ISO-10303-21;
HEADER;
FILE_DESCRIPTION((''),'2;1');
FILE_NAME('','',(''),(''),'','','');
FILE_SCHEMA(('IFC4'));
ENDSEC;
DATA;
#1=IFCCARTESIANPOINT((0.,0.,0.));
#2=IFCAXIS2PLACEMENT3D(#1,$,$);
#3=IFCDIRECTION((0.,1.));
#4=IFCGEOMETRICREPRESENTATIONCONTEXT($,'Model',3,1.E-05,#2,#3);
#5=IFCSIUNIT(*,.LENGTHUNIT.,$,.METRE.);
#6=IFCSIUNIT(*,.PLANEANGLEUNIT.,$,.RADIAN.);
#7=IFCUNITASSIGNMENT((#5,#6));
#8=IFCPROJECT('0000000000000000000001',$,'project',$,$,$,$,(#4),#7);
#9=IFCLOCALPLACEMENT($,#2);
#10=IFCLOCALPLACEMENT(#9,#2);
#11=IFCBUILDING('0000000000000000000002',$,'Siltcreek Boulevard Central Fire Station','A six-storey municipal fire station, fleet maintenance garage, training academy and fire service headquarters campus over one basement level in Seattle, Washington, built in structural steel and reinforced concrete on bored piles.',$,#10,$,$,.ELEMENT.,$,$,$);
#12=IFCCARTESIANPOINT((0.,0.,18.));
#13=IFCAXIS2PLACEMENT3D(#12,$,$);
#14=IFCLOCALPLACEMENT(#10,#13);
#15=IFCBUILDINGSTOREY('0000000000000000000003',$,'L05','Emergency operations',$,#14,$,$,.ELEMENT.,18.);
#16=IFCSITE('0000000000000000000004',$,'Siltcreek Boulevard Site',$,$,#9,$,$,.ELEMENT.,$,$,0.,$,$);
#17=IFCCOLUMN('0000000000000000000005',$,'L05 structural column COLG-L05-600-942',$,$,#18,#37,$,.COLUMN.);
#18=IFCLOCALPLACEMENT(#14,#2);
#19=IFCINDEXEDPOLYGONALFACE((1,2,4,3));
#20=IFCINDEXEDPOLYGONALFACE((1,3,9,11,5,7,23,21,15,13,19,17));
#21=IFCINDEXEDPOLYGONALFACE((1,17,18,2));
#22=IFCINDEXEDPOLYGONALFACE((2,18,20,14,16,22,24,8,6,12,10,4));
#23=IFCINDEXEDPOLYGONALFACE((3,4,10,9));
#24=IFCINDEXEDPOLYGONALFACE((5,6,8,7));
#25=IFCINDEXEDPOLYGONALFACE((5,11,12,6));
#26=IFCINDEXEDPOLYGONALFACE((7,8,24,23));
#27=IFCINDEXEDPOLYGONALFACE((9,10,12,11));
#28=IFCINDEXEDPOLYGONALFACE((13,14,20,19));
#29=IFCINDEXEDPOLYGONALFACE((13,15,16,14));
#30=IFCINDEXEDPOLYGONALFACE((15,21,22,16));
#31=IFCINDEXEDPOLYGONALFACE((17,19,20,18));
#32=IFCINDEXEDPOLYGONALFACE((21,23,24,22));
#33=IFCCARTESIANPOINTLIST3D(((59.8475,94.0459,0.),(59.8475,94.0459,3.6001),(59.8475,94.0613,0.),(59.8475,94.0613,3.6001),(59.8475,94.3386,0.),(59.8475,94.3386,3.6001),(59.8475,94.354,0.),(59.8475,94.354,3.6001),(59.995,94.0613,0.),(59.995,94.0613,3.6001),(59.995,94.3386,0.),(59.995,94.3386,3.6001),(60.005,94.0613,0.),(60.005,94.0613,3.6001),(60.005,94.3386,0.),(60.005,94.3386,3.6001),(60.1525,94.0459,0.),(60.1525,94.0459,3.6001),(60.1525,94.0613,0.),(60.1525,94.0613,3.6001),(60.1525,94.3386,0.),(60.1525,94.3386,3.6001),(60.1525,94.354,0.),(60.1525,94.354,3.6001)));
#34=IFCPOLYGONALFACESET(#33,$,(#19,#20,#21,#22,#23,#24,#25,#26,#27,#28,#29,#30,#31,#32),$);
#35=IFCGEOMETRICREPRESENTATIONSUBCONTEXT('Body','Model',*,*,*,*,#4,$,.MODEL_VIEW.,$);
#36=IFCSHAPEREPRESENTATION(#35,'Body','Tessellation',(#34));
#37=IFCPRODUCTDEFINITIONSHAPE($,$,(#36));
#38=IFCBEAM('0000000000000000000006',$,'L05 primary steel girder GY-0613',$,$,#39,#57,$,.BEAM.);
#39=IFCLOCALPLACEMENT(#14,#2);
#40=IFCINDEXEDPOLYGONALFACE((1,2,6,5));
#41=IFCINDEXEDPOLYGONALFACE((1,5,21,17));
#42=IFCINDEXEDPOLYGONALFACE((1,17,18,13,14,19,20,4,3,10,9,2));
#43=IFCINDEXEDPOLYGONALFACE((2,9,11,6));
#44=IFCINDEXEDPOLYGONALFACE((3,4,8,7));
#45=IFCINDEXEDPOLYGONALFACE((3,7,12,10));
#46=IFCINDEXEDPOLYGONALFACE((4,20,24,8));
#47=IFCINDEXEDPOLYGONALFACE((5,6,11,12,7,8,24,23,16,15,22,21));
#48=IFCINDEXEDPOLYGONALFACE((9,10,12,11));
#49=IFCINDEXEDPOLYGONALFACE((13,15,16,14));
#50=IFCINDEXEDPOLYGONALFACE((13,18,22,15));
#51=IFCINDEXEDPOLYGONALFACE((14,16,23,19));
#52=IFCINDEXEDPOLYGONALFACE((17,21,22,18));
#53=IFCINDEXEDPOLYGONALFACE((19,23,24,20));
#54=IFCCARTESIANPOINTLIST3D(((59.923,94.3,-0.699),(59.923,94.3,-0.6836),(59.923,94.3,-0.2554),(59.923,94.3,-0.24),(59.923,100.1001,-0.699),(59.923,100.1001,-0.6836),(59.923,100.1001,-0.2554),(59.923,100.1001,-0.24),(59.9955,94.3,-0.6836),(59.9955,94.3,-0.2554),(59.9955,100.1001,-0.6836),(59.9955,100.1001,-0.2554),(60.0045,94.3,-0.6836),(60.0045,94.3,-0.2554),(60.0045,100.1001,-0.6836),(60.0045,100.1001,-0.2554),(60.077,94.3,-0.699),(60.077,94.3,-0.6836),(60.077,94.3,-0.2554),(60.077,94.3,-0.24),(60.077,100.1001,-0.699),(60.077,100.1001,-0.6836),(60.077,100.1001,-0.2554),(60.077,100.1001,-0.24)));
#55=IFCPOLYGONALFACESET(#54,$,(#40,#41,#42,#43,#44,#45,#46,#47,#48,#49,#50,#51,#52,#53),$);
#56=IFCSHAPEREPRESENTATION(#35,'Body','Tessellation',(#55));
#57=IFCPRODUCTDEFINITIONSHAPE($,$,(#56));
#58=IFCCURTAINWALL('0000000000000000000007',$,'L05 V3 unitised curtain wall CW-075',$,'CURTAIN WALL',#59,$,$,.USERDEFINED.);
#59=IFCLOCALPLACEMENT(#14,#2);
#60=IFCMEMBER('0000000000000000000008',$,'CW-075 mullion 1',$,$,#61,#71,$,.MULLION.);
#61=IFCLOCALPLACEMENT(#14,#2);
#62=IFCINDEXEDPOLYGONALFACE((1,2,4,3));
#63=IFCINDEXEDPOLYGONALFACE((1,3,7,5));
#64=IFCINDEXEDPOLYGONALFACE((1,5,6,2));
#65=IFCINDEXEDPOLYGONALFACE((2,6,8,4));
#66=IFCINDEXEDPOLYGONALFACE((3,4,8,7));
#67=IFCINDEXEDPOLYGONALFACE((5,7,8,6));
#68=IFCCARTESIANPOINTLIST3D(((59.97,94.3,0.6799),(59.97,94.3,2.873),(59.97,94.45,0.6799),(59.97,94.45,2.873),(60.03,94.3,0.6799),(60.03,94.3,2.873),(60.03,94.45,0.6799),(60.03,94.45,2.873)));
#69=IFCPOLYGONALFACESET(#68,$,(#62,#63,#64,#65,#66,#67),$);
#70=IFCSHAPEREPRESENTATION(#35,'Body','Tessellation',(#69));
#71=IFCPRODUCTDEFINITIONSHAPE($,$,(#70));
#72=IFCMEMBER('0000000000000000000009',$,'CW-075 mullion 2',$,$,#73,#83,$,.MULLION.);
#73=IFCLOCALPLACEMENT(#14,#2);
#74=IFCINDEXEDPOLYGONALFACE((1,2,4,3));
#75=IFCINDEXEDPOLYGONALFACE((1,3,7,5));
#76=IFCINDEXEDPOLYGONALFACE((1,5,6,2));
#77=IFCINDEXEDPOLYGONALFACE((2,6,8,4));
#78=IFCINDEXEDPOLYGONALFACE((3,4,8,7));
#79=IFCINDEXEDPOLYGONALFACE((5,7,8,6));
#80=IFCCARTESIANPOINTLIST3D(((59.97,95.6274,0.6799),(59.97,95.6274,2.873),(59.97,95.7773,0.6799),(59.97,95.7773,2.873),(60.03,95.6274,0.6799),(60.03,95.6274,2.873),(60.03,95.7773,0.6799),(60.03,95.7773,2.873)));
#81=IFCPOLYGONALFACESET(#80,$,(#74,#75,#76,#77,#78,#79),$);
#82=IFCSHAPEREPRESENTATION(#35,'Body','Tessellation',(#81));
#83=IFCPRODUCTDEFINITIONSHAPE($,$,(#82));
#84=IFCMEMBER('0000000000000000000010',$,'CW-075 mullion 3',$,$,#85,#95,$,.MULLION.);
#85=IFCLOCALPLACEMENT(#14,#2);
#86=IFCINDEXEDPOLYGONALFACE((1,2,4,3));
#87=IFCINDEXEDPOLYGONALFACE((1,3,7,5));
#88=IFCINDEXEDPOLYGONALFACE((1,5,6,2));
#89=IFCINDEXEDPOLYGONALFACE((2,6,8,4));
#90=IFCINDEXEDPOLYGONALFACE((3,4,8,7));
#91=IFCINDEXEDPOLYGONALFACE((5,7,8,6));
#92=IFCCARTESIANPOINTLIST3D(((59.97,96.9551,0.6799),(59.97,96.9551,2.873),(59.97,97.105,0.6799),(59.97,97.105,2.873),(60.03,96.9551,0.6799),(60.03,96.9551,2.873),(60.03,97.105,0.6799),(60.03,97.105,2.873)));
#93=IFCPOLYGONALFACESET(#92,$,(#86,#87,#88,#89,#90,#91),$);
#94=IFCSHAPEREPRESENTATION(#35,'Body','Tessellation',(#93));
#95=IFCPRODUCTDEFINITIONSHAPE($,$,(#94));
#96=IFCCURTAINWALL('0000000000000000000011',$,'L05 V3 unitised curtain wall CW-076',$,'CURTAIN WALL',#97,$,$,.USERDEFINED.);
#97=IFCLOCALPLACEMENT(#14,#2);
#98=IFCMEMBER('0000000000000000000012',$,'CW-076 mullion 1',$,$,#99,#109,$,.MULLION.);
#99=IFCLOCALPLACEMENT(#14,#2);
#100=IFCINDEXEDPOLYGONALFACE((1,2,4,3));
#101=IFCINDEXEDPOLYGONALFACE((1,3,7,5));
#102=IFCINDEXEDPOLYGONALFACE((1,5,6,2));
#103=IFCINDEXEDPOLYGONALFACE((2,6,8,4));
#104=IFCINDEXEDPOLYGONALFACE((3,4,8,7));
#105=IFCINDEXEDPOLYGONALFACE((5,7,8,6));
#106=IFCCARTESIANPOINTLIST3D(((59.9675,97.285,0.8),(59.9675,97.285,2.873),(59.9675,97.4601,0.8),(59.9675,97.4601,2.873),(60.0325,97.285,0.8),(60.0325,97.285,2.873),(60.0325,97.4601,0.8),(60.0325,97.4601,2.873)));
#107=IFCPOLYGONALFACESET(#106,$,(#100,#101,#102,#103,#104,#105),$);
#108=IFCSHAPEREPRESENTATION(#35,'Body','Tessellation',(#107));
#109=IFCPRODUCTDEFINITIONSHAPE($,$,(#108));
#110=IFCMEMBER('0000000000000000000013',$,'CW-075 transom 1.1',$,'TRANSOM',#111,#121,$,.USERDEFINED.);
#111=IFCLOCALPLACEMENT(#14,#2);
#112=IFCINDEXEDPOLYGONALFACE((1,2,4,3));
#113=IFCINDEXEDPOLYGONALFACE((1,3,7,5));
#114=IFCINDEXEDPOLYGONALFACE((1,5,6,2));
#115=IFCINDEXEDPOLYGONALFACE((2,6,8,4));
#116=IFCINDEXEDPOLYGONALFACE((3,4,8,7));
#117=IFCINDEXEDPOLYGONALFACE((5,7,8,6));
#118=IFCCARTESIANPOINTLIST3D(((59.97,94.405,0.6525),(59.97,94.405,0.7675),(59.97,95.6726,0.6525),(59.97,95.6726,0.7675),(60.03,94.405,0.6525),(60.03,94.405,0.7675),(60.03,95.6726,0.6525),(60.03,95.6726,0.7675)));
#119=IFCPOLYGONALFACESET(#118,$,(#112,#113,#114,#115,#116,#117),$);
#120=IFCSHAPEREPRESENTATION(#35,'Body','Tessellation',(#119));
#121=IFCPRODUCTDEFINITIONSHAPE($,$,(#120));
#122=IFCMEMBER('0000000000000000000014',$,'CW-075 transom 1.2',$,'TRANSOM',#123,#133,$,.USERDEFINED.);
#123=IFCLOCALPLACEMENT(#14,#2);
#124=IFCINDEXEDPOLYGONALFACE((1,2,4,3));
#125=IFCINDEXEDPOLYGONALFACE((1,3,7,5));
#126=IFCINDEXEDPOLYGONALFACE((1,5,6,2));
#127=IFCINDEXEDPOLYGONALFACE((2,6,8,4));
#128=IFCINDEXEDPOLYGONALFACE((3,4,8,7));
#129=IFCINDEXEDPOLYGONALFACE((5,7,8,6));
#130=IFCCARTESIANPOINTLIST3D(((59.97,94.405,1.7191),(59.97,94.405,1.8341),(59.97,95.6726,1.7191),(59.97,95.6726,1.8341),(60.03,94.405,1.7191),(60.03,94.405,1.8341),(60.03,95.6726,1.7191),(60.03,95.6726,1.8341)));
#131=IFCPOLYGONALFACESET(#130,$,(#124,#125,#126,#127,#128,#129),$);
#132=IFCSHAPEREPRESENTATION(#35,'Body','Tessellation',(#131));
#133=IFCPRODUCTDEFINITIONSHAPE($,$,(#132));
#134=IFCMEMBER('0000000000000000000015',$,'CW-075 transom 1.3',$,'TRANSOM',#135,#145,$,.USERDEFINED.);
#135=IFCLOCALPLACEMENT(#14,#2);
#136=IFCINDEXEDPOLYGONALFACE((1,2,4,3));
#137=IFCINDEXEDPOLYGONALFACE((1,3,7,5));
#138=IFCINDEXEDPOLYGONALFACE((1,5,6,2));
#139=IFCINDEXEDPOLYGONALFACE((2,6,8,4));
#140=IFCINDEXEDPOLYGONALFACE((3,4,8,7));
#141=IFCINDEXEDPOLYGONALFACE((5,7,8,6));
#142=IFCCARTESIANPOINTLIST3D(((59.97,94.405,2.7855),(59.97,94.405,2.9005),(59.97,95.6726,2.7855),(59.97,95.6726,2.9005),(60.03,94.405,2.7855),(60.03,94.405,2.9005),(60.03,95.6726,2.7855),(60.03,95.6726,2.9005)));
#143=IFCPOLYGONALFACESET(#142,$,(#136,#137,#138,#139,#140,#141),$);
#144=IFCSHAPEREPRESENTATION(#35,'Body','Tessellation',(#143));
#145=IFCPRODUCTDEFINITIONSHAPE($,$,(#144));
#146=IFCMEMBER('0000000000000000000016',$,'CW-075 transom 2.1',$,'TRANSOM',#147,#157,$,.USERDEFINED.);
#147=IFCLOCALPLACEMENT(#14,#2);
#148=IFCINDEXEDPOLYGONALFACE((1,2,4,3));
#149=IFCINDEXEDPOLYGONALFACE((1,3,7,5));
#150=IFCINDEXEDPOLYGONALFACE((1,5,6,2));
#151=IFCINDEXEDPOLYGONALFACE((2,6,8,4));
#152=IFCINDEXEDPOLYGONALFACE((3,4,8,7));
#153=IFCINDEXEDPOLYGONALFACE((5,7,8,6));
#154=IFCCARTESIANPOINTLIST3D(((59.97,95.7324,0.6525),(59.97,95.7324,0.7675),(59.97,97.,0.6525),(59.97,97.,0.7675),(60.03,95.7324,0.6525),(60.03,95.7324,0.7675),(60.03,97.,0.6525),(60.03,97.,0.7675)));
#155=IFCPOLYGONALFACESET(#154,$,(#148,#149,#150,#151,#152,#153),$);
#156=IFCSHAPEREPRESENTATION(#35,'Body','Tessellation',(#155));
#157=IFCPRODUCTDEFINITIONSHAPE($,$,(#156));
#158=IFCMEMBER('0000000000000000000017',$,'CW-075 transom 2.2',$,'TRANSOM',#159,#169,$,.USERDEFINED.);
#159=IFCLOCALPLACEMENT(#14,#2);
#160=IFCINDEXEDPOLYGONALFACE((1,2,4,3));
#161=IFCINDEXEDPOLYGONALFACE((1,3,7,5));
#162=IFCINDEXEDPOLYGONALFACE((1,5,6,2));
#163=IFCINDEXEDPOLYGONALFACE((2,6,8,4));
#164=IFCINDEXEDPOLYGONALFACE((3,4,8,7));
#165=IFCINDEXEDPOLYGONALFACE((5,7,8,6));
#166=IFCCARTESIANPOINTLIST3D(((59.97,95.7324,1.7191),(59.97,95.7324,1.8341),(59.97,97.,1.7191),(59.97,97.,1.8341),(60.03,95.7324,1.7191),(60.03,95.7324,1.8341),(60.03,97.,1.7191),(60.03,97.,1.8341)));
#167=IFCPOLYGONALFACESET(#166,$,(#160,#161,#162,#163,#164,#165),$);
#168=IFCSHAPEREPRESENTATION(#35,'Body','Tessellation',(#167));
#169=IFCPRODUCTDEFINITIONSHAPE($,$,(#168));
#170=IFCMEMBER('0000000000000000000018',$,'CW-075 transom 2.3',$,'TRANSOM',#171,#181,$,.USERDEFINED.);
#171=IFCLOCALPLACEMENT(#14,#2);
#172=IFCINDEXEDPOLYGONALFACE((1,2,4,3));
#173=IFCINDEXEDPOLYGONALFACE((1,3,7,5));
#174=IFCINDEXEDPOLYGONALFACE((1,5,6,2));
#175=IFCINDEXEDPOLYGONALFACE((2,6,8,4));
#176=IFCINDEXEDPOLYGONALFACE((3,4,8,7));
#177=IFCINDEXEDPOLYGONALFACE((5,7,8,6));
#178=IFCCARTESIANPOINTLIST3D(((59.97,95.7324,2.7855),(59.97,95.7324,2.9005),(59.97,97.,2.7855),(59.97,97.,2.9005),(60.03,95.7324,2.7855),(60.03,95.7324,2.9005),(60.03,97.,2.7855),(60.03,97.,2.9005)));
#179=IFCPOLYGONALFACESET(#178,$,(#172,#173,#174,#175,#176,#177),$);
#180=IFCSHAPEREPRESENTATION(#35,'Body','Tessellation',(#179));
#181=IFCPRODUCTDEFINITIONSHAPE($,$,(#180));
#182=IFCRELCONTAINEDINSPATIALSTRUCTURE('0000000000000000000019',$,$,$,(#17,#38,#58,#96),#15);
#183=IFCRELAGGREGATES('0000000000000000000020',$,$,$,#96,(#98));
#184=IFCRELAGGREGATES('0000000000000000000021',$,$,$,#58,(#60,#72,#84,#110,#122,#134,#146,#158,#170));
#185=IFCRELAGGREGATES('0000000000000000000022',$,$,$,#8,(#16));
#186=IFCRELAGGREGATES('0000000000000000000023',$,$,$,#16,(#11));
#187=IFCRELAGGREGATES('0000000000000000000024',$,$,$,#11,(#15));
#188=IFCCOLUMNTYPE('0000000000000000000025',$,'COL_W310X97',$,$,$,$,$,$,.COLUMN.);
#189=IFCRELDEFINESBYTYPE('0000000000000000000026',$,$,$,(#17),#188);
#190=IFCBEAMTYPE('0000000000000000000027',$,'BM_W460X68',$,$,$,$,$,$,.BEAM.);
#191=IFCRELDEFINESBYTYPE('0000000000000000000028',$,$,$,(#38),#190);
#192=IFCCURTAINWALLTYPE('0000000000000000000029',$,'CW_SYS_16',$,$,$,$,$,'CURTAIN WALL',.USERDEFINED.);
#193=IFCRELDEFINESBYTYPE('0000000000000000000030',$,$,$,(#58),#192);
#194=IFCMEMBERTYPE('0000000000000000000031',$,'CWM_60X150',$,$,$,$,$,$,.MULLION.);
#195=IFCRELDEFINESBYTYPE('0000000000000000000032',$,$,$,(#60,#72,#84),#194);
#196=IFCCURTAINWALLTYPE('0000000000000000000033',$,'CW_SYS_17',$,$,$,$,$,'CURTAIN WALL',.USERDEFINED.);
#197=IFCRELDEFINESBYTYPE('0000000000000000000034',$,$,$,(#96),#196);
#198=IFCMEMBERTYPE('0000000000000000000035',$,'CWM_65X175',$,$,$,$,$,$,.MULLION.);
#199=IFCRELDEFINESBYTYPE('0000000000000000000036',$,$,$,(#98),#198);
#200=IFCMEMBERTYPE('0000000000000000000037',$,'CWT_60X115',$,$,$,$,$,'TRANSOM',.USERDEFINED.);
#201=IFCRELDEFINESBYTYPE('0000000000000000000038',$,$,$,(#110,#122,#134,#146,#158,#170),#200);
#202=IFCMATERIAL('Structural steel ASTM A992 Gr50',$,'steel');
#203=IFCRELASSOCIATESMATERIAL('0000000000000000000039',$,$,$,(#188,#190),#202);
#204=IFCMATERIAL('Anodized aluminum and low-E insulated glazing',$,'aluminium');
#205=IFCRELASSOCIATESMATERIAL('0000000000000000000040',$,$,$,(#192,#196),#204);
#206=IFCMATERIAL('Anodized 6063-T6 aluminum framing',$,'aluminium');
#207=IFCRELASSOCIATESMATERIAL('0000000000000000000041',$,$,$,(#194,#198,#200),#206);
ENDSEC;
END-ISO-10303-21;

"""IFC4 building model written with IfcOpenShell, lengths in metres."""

from ifc_helpers import new_model, si_unit, direction, frame, origin, origin_2d, place, context, subcontext, project, spatial, rectangle, i_section, extrude, material, material_profile, profile_set, type_object, element, aggregate, save


model = new_model("IFC4")

# Units and contexts
model_context = context("Model", 3, precision=1e-05, world=origin(), true_north=direction((0.0, 1.0)))
body_context = subcontext(model_context, "Body", "Model", "MODEL_VIEW")
ifc_project = project(units=[si_unit("LENGTHUNIT", "METRE"), si_unit("PLANEANGLEUNIT", "RADIAN")], contexts=[model_context])

# Site, building, storey
site_placement = place(None, origin())
site = spatial("IfcSite", under=ifc_project, at=site_placement, Name="Siltcreek Boulevard Site", CompositionType="ELEMENT", RefElevation=0.0)
building_placement = place(site_placement, origin())
building = spatial("IfcBuilding", under=site, at=building_placement, Name="Siltcreek Boulevard Central Fire Station", Description="A six-storey municipal fire station, fleet maintenance garage, training academy and fire service headquarters campus over one basement level in Seattle, Washington, built in structural steel and reinforced concrete on bored piles.", CompositionType="ELEMENT")
storey_placement = place(building_placement, frame((0.0, 0.0, 18.0)))
storey = spatial("IfcBuildingStorey", under=building, at=storey_placement, Name="L05", Description="Emergency operations", CompositionType="ELEMENT", Elevation=18.0)

# Column
ifc_material_1 = material(Name="Structural steel ASTM A992 Gr50", Category="steel")
ifc_material_profile_1 = material_profile(ifc_material_1, i_section(OverallWidth=0.3049, OverallDepth=0.3081, WebThickness=0.01, FlangeThickness=0.0154, at=origin_2d()), Name="W310X97")
ifc_profile_set_1 = profile_set([ifc_material_profile_1], Name="Structural steel ASTM A992 Gr50")
column_type = type_object("IfcColumnType", Name="COL_W310X97", PredefinedType="COLUMN", material=ifc_profile_set_1)
column_placement = place(storey_placement, frame((60.0, 94.2, 0.0), z_axis=(0.0, 0.0, 1.0), x_axis=(1.0, 0.0, 0.0)))
element("IfcColumn", 1, at=column_placement, inside=storey, type_object=column_type, Name="L05 structural column COLG-L05-600-942", PredefinedType="COLUMN", context=body_context, shape_type="SweptSolid", body=[
    extrude(i_section(OverallWidth=0.3049, OverallDepth=0.3081, WebThickness=0.01, FlangeThickness=0.0154, at=origin_2d()), origin(), (0.0, 0.0, 1.0), 3.6001),
])

# Beam
ifc_material_profile_2 = material_profile(ifc_material_1, i_section(OverallWidth=0.1541, OverallDepth=0.459, WebThickness=0.009, FlangeThickness=0.0154, at=origin_2d()), Name="W460X68")
ifc_profile_set_2 = profile_set([ifc_material_profile_2], Name="Structural steel ASTM A992 Gr50")
beam_type = type_object("IfcBeamType", Name="BM_W460X68", PredefinedType="BEAM", material=ifc_profile_set_2)
beam_placement = place(storey_placement, frame((60.0, 94.3, -0.4695), z_axis=(0.0, 1.0, 0.0), x_axis=(-1.0, 0.0, 0.0)))
element("IfcBeam", 2, at=beam_placement, inside=storey, type_object=beam_type, Name="L05 primary steel girder GY-0613", PredefinedType="BEAM", context=body_context, shape_type="SweptSolid", body=[
    extrude(i_section(OverallWidth=0.1541, OverallDepth=0.459, WebThickness=0.009, FlangeThickness=0.0154, at=origin_2d()), origin(), (0.0, 0.0, 1.0), 5.8),
])

# Curtain wall, members
ifc_material_2 = material(Name="Anodized aluminum and low-E insulated glazing", Category="aluminium")
curtain_wall_type_1 = type_object("IfcCurtainWallType", Name="CW_SYS_16", ElementType="CURTAIN WALL", PredefinedType="USERDEFINED", material=ifc_material_2)
curtain_wall_1_placement = place(storey_placement, origin())
curtain_wall_1 = element("IfcCurtainWall", 3, at=curtain_wall_1_placement, inside=storey, type_object=curtain_wall_type_1, Name="L05 V3 unitised curtain wall CW-075", ObjectType="CURTAIN WALL", PredefinedType="USERDEFINED")
ifc_material_3 = material(Name="Anodized 6063-T6 aluminum framing", Category="aluminium")
ifc_material_profile_3 = material_profile(ifc_material_3, rectangle(XDim=0.0601, YDim=0.1499, at=origin_2d()), Name="MULL60X150")
ifc_profile_set_3 = profile_set([ifc_material_profile_3], Name="Anodized 6063-T6 aluminum framing")
member_type_1 = type_object("IfcMemberType", Name="CWM_60X150", PredefinedType="MULLION", material=ifc_profile_set_3)
member_1_placement = place(storey_placement, frame((60.0, 94.375, 0.6799), z_axis=(0.0, 0.0, 1.0), x_axis=(-1.0, 0.0, 0.0)))
member_1 = element("IfcMember", 4, at=member_1_placement, type_object=member_type_1, Name="CW-075 mullion 1", PredefinedType="MULLION", context=body_context, shape_type="SweptSolid", body=[
    extrude(rectangle(XDim=0.0601, YDim=0.1499, at=origin_2d()), origin(), (0.0, 0.0, 1.0), 2.1931),
])
member_2_placement = place(storey_placement, frame((60.0, 95.7024, 0.6799), z_axis=(0.0, 0.0, 1.0), x_axis=(-1.0, 0.0, 0.0)))
member_2 = element("IfcMember", 5, at=member_2_placement, type_object=member_type_1, Name="CW-075 mullion 2", PredefinedType="MULLION", context=body_context, shape_type="SweptSolid", body=[
    extrude(rectangle(XDim=0.0601, YDim=0.1499, at=origin_2d()), origin(), (0.0, 0.0, 1.0), 2.1931),
])
member_3_placement = place(storey_placement, frame((60.0, 97.03, 0.6799), z_axis=(0.0, 0.0, 1.0), x_axis=(-1.0, 0.0, 0.0)))
member_3 = element("IfcMember", 6, at=member_3_placement, type_object=member_type_1, Name="CW-075 mullion 3", PredefinedType="MULLION", context=body_context, shape_type="SweptSolid", body=[
    extrude(rectangle(XDim=0.0601, YDim=0.1499, at=origin_2d()), origin(), (0.0, 0.0, 1.0), 2.1931),
])

# Curtain wall, member
curtain_wall_type_2 = type_object("IfcCurtainWallType", Name="CW_SYS_17", ElementType="CURTAIN WALL", PredefinedType="USERDEFINED", material=ifc_material_2)
curtain_wall_2_placement = place(storey_placement, origin())
curtain_wall_2 = element("IfcCurtainWall", 7, at=curtain_wall_2_placement, inside=storey, type_object=curtain_wall_type_2, Name="L05 V3 unitised curtain wall CW-076", ObjectType="CURTAIN WALL", PredefinedType="USERDEFINED")
ifc_material_profile_4 = material_profile(ifc_material_3, rectangle(XDim=0.0649, YDim=0.175, at=origin_2d()), Name="MULL65X175")
ifc_profile_set_4 = profile_set([ifc_material_profile_4], Name="Anodized 6063-T6 aluminum framing")
member_type_2 = type_object("IfcMemberType", Name="CWM_65X175", PredefinedType="MULLION", material=ifc_profile_set_4)
member_4_placement = place(storey_placement, frame((60.0, 97.3726, 0.8), z_axis=(0.0, 0.0, 1.0), x_axis=(-1.0, 0.0, 0.0)))
member_4 = element("IfcMember", 8, at=member_4_placement, type_object=member_type_2, Name="CW-076 mullion 1", PredefinedType="MULLION", context=body_context, shape_type="SweptSolid", body=[
    extrude(rectangle(XDim=0.0649, YDim=0.175, at=origin_2d()), origin(), (0.0, 0.0, 1.0), 2.073),
])

# Members
ifc_material_profile_5 = material_profile(ifc_material_3, rectangle(XDim=0.0601, YDim=0.115, at=origin_2d()), Name="TRAN60X115")
ifc_profile_set_5 = profile_set([ifc_material_profile_5], Name="Anodized 6063-T6 aluminum framing")
member_type_3 = type_object("IfcMemberType", Name="CWT_60X115", ElementType="TRANSOM", PredefinedType="USERDEFINED", material=ifc_profile_set_5)
member_5_placement = place(storey_placement, frame((60.0, 94.405, 0.71), z_axis=(0.0, 1.0, 0.0), x_axis=(-1.0, 0.0, 0.0)))
member_5 = element("IfcMember", 9, at=member_5_placement, type_object=member_type_3, Name="CW-075 transom 1.1", ObjectType="TRANSOM", PredefinedType="USERDEFINED", context=body_context, shape_type="SweptSolid", body=[
    extrude(rectangle(XDim=0.0601, YDim=0.115, at=origin_2d()), origin(), (0.0, 0.0, 1.0), 1.2676),
])
member_6_placement = place(storey_placement, frame((60.0, 94.405, 1.7766), z_axis=(0.0, 1.0, 0.0), x_axis=(-1.0, 0.0, 0.0)))
member_6 = element("IfcMember", 10, at=member_6_placement, type_object=member_type_3, Name="CW-075 transom 1.2", ObjectType="TRANSOM", PredefinedType="USERDEFINED", context=body_context, shape_type="SweptSolid", body=[
    extrude(rectangle(XDim=0.0601, YDim=0.115, at=origin_2d()), origin(), (0.0, 0.0, 1.0), 1.2676),
])
member_7_placement = place(storey_placement, frame((60.0, 94.405, 2.843), z_axis=(0.0, 1.0, 0.0), x_axis=(-1.0, 0.0, 0.0)))
member_7 = element("IfcMember", 11, at=member_7_placement, type_object=member_type_3, Name="CW-075 transom 1.3", ObjectType="TRANSOM", PredefinedType="USERDEFINED", context=body_context, shape_type="SweptSolid", body=[
    extrude(rectangle(XDim=0.0601, YDim=0.115, at=origin_2d()), origin(), (0.0, 0.0, 1.0), 1.2676),
])
member_8_placement = place(storey_placement, frame((60.0, 95.7324, 0.71), z_axis=(0.0, 1.0, 0.0), x_axis=(-1.0, 0.0, 0.0)))
member_8 = element("IfcMember", 12, at=member_8_placement, type_object=member_type_3, Name="CW-075 transom 2.1", ObjectType="TRANSOM", PredefinedType="USERDEFINED", context=body_context, shape_type="SweptSolid", body=[
    extrude(rectangle(XDim=0.0601, YDim=0.115, at=origin_2d()), origin(), (0.0, 0.0, 1.0), 1.2676),
])
member_9_placement = place(storey_placement, frame((60.0, 95.7324, 1.7766), z_axis=(0.0, 1.0, 0.0), x_axis=(-1.0, 0.0, 0.0)))
member_9 = element("IfcMember", 13, at=member_9_placement, type_object=member_type_3, Name="CW-075 transom 2.2", ObjectType="TRANSOM", PredefinedType="USERDEFINED", context=body_context, shape_type="SweptSolid", body=[
    extrude(rectangle(XDim=0.0601, YDim=0.115, at=origin_2d()), origin(), (0.0, 0.0, 1.0), 1.2676),
])
member_10_placement = place(storey_placement, frame((60.0, 95.7324, 2.843), z_axis=(0.0, 1.0, 0.0), x_axis=(-1.0, 0.0, 0.0)))
member_10 = element("IfcMember", 14, at=member_10_placement, type_object=member_type_3, Name="CW-075 transom 2.3", ObjectType="TRANSOM", PredefinedType="USERDEFINED", context=body_context, shape_type="SweptSolid", body=[
    extrude(rectangle(XDim=0.0601, YDim=0.115, at=origin_2d()), origin(), (0.0, 0.0, 1.0), 1.2676),
])
aggregate(curtain_wall_2, [member_4])

aggregate(curtain_wall_1, [member_1, member_2, member_3, member_5, member_6, member_7, member_8, member_9, member_10])

save(model, "model.ifc")
